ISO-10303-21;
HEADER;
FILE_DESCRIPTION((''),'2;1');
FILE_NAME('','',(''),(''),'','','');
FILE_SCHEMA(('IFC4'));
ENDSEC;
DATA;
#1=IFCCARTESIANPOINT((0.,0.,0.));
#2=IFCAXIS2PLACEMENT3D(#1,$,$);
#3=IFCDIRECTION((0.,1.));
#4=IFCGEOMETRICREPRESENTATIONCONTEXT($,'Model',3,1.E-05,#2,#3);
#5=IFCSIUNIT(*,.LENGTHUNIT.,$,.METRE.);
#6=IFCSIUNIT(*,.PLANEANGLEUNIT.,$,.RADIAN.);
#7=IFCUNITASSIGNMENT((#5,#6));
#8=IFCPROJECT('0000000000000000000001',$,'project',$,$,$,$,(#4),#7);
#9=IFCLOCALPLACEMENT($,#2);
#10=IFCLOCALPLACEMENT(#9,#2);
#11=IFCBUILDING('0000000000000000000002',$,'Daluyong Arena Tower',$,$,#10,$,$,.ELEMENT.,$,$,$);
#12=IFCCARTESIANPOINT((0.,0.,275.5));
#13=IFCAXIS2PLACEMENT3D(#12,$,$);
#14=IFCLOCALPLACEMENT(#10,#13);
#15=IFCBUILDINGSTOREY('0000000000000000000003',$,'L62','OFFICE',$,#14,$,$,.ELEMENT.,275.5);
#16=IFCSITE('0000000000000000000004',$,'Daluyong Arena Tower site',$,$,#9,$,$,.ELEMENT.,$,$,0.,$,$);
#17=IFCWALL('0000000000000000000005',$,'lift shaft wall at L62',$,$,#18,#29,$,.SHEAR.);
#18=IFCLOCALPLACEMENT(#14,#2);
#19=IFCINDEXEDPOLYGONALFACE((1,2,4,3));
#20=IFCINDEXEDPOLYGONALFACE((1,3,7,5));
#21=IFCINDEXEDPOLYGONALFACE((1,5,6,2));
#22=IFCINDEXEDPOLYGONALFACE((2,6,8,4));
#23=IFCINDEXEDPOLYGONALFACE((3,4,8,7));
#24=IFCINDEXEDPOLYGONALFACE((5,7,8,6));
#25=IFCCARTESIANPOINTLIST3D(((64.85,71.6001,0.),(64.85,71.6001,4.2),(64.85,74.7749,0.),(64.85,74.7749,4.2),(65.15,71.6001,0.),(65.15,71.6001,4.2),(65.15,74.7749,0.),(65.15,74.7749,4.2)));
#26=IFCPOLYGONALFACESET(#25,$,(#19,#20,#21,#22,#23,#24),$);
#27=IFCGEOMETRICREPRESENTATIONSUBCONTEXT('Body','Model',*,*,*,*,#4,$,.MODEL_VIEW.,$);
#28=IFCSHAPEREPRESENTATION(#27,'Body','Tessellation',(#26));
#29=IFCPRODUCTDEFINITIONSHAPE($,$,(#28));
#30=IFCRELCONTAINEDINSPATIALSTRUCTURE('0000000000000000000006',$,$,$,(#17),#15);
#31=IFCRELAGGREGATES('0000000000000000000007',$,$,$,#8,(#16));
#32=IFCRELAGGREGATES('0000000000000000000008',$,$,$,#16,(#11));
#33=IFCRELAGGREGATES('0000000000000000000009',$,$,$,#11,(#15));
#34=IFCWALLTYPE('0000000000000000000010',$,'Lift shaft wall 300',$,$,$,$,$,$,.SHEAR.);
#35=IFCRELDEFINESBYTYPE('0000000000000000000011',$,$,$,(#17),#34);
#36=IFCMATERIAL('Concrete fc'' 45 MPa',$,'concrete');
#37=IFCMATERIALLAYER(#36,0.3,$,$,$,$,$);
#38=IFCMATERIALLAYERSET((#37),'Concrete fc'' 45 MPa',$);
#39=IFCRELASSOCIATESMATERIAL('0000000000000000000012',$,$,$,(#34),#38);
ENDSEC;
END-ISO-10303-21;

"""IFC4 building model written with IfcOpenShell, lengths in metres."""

from ifc_helpers import new_model, si_unit, direction, frame, frame_2d, origin, place, context, subcontext, project, spatial, rectangle, extrude, material, layer, layer_set, type_object, element, save


model = new_model("IFC4")

# Units and contexts
model_context = context("Model", 3, precision=1e-05, world=origin(), true_north=direction((0.0, 1.0)))
body_context = subcontext(model_context, "Body", "Model", "MODEL_VIEW")
ifc_project = project(units=[si_unit("LENGTHUNIT", "METRE"), si_unit("PLANEANGLEUNIT", "RADIAN")], contexts=[model_context])

# Site, building, storey
site_placement = place(None, origin())
site = spatial("IfcSite", under=ifc_project, at=site_placement, Name="Daluyong Arena Tower site", CompositionType="ELEMENT", RefElevation=0.0)
building_placement = place(site_placement, origin())
building = spatial("IfcBuilding", under=site, at=building_placement, Name="Daluyong Arena Tower", CompositionType="ELEMENT")
storey_placement = place(building_placement, frame((0.0, 0.0, 275.5)))
storey = spatial("IfcBuildingStorey", under=building, at=storey_placement, Name="L62", Description="OFFICE", CompositionType="ELEMENT", Elevation=275.5)

# Wall
ifc_material_1 = material(Name="Concrete fc' 45 MPa", Category="concrete")
ifc_layer_1 = layer(ifc_material_1, 0.3)
ifc_layer_set_1 = layer_set([ifc_layer_1], Name="Concrete fc' 45 MPa")
wall_type_1 = type_object("IfcWallType", Name="Lift shaft wall 300", PredefinedType="SHEAR", material=ifc_layer_set_1)
wall_1_placement = place(storey_placement, frame((65.0, 71.6001, 0.0), z_axis=(0.0, 0.0, 1.0), x_axis=(0.0, 1.0, 0.0)))
element("IfcWall", 1, at=wall_1_placement, inside=storey, type_object=wall_type_1, Name="lift shaft wall at L62", PredefinedType="SHEAR", context=body_context, shape_type="SweptSolid", body=[
    extrude(rectangle(XDim=3.1748, YDim=0.3, at=frame_2d((1.5874, 0.0))), origin(), (0.0, 0.0, 1.0), 4.2),
])

save(model, "model.ifc")
